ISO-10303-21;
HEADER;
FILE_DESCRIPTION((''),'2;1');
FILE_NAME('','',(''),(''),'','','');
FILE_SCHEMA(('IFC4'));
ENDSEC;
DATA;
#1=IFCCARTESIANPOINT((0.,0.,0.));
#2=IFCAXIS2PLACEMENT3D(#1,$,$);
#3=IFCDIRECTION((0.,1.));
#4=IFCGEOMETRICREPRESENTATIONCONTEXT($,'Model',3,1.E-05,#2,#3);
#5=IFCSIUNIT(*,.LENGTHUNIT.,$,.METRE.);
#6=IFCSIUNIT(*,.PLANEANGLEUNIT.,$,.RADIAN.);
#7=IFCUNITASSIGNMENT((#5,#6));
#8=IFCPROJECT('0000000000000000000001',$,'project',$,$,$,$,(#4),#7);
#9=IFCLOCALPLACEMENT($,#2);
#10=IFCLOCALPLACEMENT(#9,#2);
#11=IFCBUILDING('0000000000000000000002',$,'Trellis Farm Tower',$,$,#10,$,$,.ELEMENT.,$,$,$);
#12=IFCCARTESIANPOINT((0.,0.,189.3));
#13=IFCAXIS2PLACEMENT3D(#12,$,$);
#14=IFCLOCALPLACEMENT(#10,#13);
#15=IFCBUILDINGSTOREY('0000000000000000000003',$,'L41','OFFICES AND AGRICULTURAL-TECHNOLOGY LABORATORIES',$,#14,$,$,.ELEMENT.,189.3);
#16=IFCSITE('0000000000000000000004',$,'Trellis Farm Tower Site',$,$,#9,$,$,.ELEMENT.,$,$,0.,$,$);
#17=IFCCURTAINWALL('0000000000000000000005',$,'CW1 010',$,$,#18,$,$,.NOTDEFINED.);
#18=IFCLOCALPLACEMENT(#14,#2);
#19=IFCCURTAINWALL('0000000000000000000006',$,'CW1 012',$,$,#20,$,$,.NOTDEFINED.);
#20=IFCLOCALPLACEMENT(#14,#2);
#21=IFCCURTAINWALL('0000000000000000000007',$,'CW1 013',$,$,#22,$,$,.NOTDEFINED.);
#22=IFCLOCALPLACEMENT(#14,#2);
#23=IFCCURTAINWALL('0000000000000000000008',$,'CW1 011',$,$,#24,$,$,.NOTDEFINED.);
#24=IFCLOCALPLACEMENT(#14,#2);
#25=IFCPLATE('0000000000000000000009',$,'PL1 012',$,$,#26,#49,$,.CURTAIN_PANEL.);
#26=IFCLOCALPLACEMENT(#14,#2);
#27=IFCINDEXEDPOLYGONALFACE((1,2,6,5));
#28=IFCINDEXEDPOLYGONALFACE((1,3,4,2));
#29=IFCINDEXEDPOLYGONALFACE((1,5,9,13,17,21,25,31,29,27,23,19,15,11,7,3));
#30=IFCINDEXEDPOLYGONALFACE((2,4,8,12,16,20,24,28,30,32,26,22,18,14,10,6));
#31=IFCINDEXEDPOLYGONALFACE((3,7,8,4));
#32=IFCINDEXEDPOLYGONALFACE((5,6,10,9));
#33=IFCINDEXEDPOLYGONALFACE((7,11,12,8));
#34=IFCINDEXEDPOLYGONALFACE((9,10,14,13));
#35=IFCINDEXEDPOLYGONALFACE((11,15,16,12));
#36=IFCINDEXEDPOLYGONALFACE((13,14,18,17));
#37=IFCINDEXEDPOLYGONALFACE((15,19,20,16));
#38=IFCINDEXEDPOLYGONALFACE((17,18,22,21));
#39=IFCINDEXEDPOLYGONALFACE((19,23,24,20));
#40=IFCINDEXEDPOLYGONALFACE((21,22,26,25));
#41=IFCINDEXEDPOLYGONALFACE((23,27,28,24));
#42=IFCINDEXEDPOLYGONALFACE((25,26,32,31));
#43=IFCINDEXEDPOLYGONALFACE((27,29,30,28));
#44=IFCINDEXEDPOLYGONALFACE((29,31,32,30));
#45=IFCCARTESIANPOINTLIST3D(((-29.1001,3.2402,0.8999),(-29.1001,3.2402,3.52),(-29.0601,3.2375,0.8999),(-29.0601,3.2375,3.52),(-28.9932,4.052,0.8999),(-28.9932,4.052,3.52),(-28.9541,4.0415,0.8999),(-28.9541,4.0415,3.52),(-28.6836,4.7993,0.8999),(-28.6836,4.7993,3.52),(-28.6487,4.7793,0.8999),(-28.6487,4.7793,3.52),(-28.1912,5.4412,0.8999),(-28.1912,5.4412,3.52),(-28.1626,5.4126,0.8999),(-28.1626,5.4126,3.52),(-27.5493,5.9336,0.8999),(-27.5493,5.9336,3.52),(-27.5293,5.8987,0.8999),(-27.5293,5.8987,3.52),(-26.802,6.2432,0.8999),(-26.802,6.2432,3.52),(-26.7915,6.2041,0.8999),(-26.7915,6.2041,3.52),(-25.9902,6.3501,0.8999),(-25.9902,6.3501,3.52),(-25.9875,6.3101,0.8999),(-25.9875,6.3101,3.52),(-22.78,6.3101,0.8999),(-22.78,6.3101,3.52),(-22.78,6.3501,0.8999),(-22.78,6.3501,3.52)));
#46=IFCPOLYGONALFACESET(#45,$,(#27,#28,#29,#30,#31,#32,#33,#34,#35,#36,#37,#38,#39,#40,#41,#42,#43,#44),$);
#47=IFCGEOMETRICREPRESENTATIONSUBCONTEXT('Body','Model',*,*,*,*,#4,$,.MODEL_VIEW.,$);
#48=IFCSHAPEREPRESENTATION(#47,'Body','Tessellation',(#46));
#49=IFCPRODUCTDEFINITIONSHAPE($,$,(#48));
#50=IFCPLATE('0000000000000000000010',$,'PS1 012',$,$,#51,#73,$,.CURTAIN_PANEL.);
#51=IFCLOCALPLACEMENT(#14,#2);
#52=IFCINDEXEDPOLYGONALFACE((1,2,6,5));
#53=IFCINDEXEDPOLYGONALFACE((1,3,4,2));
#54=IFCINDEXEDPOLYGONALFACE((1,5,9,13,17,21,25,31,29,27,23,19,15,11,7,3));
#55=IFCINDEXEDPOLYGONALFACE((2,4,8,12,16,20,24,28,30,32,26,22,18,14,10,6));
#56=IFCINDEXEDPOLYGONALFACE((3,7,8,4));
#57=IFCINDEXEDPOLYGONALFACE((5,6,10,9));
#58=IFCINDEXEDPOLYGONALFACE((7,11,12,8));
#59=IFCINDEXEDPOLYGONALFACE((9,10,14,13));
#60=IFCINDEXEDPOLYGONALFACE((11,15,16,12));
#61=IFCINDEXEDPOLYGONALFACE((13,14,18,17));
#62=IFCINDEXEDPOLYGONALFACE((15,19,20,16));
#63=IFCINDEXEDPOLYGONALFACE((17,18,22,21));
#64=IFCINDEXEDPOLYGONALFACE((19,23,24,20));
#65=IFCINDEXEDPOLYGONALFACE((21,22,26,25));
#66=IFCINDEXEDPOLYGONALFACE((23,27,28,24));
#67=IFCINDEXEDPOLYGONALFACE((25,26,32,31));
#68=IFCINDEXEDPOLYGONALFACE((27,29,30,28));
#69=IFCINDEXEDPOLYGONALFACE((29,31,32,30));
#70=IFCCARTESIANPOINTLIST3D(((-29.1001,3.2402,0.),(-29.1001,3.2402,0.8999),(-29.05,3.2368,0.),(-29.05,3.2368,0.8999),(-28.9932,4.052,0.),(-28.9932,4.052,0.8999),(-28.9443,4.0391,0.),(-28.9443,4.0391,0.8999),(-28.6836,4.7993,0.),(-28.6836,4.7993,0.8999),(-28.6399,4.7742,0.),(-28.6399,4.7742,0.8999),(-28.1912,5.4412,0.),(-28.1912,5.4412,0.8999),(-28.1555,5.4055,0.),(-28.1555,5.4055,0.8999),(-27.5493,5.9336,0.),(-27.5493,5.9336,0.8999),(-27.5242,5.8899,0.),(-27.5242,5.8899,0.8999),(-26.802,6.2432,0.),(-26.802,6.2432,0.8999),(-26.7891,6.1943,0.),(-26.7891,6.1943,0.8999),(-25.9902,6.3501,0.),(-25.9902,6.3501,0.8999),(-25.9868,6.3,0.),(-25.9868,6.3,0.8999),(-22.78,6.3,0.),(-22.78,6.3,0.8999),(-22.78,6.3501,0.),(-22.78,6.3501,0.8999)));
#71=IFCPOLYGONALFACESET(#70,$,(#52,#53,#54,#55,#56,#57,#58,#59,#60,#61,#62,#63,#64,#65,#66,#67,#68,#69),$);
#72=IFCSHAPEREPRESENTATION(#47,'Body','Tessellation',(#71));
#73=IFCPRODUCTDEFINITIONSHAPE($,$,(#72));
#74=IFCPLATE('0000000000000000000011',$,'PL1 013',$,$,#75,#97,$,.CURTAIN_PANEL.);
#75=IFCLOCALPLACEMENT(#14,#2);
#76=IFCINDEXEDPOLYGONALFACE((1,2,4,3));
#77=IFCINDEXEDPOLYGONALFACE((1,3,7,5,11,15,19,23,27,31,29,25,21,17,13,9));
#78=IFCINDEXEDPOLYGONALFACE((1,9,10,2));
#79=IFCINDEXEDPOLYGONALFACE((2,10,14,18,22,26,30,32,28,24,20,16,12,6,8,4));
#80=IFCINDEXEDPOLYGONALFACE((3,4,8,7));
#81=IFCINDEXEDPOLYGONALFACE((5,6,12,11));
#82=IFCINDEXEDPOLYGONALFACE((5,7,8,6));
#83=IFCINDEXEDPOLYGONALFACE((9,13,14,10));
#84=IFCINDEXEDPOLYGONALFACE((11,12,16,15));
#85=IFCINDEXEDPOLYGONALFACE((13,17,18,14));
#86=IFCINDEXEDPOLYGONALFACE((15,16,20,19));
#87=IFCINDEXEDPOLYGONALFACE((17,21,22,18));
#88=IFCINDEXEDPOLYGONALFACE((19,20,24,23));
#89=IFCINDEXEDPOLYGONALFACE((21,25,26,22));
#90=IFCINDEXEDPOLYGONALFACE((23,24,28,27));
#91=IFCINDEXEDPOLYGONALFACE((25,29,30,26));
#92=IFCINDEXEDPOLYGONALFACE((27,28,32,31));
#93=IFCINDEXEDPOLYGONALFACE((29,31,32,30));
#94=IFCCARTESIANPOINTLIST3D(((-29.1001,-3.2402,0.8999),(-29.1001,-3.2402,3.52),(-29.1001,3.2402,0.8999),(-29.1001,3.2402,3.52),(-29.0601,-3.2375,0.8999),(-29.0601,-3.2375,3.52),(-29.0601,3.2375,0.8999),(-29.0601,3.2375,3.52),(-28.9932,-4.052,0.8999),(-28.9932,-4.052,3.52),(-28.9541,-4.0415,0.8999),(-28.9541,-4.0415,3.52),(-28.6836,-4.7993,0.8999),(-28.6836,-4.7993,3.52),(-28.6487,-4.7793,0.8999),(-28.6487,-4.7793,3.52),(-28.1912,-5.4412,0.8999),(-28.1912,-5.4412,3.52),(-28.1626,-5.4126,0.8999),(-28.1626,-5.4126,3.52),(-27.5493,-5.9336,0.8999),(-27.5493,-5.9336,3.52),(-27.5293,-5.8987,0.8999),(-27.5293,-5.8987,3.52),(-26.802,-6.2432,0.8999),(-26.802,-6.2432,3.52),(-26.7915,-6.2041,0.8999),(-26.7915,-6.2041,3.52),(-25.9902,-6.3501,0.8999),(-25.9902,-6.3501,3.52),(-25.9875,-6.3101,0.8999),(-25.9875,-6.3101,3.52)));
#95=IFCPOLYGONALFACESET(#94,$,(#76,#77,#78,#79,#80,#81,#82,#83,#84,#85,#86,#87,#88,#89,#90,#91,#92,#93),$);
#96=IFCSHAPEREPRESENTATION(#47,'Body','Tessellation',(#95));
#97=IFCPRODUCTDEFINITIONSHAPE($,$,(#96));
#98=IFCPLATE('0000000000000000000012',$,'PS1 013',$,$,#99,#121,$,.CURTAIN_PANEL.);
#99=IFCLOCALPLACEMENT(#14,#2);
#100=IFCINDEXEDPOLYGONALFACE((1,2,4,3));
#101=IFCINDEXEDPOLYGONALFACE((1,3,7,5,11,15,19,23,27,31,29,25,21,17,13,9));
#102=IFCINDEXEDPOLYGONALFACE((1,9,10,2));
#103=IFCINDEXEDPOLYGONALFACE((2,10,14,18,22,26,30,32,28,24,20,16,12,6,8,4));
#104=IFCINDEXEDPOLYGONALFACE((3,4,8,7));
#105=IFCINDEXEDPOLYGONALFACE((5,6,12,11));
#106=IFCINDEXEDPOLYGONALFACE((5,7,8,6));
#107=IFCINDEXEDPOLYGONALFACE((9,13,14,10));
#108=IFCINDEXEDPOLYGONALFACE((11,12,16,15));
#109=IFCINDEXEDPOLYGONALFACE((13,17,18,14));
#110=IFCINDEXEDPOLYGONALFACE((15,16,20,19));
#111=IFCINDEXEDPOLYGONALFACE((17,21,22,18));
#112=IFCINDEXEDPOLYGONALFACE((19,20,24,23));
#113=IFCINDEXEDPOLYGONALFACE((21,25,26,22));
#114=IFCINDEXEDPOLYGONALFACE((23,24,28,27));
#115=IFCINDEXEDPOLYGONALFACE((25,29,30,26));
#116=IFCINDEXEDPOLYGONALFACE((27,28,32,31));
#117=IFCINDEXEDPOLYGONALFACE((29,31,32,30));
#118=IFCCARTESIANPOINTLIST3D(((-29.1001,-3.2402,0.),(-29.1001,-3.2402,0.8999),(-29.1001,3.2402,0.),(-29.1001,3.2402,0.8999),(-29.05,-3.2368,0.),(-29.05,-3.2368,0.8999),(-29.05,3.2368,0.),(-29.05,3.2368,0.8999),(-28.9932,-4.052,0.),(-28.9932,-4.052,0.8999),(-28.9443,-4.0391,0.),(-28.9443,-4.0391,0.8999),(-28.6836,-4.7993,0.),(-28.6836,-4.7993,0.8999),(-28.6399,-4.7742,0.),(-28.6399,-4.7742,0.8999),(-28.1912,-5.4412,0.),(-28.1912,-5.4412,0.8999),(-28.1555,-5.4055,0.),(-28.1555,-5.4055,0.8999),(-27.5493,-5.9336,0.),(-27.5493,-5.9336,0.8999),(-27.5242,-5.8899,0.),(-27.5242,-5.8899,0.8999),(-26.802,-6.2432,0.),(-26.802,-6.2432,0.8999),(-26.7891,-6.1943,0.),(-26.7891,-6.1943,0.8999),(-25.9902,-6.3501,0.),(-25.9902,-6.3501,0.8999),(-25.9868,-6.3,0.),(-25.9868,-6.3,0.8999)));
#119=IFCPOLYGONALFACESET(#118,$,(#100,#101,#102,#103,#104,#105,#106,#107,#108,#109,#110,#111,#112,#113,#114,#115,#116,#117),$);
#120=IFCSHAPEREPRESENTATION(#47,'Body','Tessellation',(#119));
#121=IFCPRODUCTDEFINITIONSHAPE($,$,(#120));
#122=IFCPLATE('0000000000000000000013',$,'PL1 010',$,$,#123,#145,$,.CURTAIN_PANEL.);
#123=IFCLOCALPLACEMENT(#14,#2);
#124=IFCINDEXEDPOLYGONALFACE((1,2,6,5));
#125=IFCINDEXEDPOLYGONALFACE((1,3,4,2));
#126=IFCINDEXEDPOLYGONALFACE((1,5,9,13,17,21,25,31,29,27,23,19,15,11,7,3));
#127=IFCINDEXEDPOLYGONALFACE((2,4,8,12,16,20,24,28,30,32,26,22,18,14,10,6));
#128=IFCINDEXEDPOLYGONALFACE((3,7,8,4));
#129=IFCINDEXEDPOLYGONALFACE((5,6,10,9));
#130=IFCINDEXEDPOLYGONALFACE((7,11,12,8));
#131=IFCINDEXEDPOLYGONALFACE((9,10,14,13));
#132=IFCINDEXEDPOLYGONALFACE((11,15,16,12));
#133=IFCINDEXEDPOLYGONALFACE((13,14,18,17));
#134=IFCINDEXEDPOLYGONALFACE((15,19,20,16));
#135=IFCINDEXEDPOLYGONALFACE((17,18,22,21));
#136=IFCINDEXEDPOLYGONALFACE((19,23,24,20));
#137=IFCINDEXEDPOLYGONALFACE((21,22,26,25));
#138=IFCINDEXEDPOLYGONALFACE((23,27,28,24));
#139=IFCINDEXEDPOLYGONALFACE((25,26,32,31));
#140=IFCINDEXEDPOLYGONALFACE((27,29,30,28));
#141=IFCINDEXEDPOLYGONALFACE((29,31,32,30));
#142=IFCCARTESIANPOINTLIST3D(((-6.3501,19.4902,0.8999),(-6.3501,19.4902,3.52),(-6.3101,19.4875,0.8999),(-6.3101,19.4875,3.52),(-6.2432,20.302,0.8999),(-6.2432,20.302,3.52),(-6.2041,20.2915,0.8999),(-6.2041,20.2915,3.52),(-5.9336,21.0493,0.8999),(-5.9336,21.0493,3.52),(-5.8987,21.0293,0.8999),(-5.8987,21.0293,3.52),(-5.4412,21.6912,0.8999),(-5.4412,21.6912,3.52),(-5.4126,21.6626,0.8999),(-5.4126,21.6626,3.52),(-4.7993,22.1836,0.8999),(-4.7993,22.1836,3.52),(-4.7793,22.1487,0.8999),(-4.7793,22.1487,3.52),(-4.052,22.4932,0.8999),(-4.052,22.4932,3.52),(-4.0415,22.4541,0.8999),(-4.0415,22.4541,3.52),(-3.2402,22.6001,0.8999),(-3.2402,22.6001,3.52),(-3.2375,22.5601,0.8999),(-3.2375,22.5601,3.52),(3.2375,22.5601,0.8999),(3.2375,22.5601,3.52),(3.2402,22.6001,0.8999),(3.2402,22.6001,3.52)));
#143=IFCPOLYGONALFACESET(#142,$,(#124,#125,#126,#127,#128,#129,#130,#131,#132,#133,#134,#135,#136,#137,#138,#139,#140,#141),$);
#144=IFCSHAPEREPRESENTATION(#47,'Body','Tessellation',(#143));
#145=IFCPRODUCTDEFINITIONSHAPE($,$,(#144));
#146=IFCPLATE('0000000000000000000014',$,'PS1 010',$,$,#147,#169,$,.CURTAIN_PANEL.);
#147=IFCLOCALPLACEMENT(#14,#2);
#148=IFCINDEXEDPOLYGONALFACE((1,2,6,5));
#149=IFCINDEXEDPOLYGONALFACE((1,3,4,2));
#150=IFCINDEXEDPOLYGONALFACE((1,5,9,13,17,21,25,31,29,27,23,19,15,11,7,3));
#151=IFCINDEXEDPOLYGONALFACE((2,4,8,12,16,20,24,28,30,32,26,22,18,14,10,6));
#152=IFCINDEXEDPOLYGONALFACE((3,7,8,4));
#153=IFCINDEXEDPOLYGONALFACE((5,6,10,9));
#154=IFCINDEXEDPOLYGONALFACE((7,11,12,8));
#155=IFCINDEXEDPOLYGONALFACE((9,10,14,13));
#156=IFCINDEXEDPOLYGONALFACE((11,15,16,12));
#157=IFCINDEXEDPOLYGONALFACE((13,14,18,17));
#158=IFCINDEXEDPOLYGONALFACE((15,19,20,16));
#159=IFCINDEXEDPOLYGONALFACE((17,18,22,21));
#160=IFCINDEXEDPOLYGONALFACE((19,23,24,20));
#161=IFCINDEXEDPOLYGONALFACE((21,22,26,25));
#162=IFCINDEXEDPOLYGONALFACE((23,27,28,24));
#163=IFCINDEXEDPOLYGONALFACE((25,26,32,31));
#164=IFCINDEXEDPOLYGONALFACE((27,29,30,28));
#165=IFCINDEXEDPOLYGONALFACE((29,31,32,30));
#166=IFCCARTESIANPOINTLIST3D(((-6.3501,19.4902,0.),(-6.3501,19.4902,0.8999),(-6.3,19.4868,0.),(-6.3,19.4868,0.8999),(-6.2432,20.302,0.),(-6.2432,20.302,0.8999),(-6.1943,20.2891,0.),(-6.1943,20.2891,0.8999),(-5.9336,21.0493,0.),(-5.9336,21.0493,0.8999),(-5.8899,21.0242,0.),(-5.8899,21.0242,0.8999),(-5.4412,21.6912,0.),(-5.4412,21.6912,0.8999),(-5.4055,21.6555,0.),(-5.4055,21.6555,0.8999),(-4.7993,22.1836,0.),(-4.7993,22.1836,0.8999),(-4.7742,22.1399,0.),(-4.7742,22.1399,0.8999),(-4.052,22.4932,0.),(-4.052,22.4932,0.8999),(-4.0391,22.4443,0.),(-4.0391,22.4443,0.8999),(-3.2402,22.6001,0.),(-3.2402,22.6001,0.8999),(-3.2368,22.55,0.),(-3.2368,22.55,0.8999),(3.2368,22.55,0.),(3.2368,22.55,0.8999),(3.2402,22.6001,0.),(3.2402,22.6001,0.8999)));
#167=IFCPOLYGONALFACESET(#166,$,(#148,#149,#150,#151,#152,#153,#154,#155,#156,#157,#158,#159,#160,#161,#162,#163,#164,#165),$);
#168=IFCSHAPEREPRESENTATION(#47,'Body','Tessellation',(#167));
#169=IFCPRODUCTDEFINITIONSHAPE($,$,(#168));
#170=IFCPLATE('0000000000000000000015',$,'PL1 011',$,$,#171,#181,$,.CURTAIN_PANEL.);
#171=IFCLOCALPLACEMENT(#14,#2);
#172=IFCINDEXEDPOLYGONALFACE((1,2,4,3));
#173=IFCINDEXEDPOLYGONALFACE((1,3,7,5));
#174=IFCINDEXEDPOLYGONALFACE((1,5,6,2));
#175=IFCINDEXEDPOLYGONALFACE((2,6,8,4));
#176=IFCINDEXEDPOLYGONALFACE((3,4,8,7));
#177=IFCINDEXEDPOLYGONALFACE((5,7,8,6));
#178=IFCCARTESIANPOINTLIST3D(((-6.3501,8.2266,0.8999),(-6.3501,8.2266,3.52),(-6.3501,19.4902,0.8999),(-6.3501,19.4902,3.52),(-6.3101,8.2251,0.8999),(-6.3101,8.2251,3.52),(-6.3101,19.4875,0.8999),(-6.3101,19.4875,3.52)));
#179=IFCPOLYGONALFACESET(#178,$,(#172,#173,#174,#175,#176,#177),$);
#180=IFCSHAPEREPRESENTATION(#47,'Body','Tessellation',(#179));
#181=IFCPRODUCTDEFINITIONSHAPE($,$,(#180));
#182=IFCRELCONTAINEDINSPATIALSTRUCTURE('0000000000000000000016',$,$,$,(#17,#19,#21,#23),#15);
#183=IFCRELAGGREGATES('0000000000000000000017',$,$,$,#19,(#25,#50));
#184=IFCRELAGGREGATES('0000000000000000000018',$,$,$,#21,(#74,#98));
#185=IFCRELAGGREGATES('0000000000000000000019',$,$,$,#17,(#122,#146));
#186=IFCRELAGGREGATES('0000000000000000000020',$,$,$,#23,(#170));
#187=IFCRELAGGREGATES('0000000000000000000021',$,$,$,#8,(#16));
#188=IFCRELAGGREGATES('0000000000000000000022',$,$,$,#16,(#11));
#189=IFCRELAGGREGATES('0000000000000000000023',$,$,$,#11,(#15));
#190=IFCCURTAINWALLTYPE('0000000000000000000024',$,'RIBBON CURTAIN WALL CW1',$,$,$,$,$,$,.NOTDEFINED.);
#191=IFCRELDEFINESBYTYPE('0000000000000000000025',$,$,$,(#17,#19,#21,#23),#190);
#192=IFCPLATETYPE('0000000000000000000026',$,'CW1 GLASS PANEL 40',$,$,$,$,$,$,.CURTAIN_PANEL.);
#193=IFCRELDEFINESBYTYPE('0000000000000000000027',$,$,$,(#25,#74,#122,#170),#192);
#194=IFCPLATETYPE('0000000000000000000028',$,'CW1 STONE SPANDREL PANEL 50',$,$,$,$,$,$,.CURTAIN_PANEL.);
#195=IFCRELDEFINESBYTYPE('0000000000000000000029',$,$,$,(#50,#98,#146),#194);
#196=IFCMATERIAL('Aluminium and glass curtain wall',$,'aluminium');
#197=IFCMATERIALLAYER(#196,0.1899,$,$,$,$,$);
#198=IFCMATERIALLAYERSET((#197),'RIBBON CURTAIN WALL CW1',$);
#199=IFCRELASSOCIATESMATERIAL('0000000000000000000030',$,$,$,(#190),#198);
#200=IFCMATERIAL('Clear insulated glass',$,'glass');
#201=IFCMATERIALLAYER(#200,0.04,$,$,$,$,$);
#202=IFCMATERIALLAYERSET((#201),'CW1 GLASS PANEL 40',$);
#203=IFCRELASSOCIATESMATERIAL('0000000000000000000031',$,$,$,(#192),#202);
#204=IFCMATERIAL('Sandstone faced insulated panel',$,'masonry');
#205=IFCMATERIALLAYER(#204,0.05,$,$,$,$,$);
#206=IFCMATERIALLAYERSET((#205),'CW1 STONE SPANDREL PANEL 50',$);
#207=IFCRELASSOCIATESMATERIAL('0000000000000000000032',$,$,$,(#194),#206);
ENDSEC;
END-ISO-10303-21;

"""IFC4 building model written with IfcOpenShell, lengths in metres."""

from ifc_helpers import new_model, si_unit, direction, frame, origin, place, context, subcontext, project, spatial, polyline, outline, extrude, source, transform, mapped, material, layer, layer_set, type_object, element, aggregate, save


model = new_model("IFC4")

# Units and contexts
model_context = context("Model", 3, precision=1e-05, world=origin(), true_north=direction((0.0, 1.0)))
body_context = subcontext(model_context, "Body", "Model", "MODEL_VIEW")
ifc_project = project(units=[si_unit("LENGTHUNIT", "METRE"), si_unit("PLANEANGLEUNIT", "RADIAN")], contexts=[model_context])

# Site, building, storey
site_placement = place(None, origin())
site = spatial("IfcSite", under=ifc_project, at=site_placement, Name="Trellis Farm Tower Site", CompositionType="ELEMENT", RefElevation=0.0)
building_placement = place(site_placement, origin())
building = spatial("IfcBuilding", under=site, at=building_placement, Name="Trellis Farm Tower", CompositionType="ELEMENT")
storey_placement = place(building_placement, frame((0.0, 0.0, 189.3)))
storey = spatial("IfcBuildingStorey", under=building, at=storey_placement, Name="L41", Description="OFFICES AND AGRICULTURAL-TECHNOLOGY LABORATORIES", CompositionType="ELEMENT", Elevation=189.3)

# Curtain walls
ifc_material_1 = material(Name="Aluminium and glass curtain wall", Category="aluminium")
placement_1 = place(storey_placement, origin())
ifc_layer_1 = layer(ifc_material_1, 0.1899)
ifc_layer_set_1 = layer_set([ifc_layer_1], Name="RIBBON CURTAIN WALL CW1")
curtain_wall_type_1 = type_object("IfcCurtainWallType", Name="RIBBON CURTAIN WALL CW1", PredefinedType="NOTDEFINED", material=ifc_layer_set_1)
curtain_wall_1 = element("IfcCurtainWall", 1, at=placement_1, inside=storey, type_object=curtain_wall_type_1, Name="CW1 010", PredefinedType="NOTDEFINED")
curtain_wall_2 = element("IfcCurtainWall", 2, at=placement_1, inside=storey, type_object=curtain_wall_type_1, Name="CW1 012", PredefinedType="NOTDEFINED")
curtain_wall_3 = element("IfcCurtainWall", 3, at=placement_1, inside=storey, type_object=curtain_wall_type_1, Name="CW1 013", PredefinedType="NOTDEFINED")

# Curtain wall
curtain_wall_4 = element("IfcCurtainWall", 4, at=placement_1, inside=storey, type_object=curtain_wall_type_1, Name="CW1 011", PredefinedType="NOTDEFINED")

# Plates
ifc_material_2 = material(Name="Clear insulated glass", Category="glass")
ifc_layer_2 = layer(ifc_material_2, 0.04)
ifc_layer_set_2 = layer_set([ifc_layer_2], Name="CW1 GLASS PANEL 40")
plate_type_1 = type_object("IfcPlateType", Name="CW1 GLASS PANEL 40", PredefinedType="CURTAIN_PANEL", material=ifc_layer_set_2)
shared_shape_1 = source(origin(), body_context, "Body", "SweptSolid", [
    extrude(outline(polyline([(-22.78, 6.3501), (-25.9902, 6.3501), (-26.802, 6.2432), (-27.5493, 5.9336), (-28.1912, 5.4412), (-28.6836, 4.7993), (-28.9932, 4.052), (-29.1001, 3.2402), (-29.0601, 3.2375), (-28.9541, 4.0415), (-28.6487, 4.7793), (-28.1626, 5.4126), (-27.5293, 5.8987), (-26.7915, 6.2041), (-25.9875, 6.3101), (-22.78, 6.3101), (-22.78, 6.3501)])), origin(), (0.0, 0.0, 1.0), 2.6201),
])
placement_2 = place(storey_placement, frame((0.0, 0.0, 0.8999)))
plate_1 = element("IfcPlate", 5, at=placement_2, type_object=plate_type_1, Name="PL1 012", PredefinedType="CURTAIN_PANEL", context=body_context, shape_type="MappedRepresentation", body=[
    mapped(shared_shape_1, transform((0.0, 0.0, 0.0))),
])
ifc_material_3 = material(Name="Sandstone faced insulated panel", Category="masonry")
ifc_layer_3 = layer(ifc_material_3, 0.05)
ifc_layer_set_3 = layer_set([ifc_layer_3], Name="CW1 STONE SPANDREL PANEL 50")
plate_type_2 = type_object("IfcPlateType", Name="CW1 STONE SPANDREL PANEL 50", PredefinedType="CURTAIN_PANEL", material=ifc_layer_set_3)
shared_shape_2 = source(origin(), body_context, "Body", "SweptSolid", [
    extrude(outline(polyline([(-22.78, 6.3501), (-25.9902, 6.3501), (-26.802, 6.2432), (-27.5493, 5.9336), (-28.1912, 5.4412), (-28.6836, 4.7993), (-28.9932, 4.052), (-29.1001, 3.2402), (-29.05, 3.2368), (-28.9443, 4.0391), (-28.6399, 4.7742), (-28.1555, 5.4055), (-27.5242, 5.8899), (-26.7891, 6.1943), (-25.9868, 6.3), (-22.78, 6.3), (-22.78, 6.3501)])), origin(), (0.0, 0.0, 1.0), 0.8999),
])
plate_2 = element("IfcPlate", 6, at=placement_1, type_object=plate_type_2, Name="PS1 012", PredefinedType="CURTAIN_PANEL", context=body_context, shape_type="MappedRepresentation", body=[
    mapped(shared_shape_2, transform((0.0, 0.0, 0.0))),
])
aggregate(curtain_wall_2, [plate_1, plate_2])
shared_shape_3 = source(origin(), body_context, "Body", "SweptSolid", [
    extrude(outline(polyline([(-29.1001, 3.2402), (-29.1001, -3.2402), (-28.9932, -4.052), (-28.6836, -4.7993), (-28.1912, -5.4412), (-27.5493, -5.9336), (-26.802, -6.2432), (-25.9902, -6.3501), (-25.9875, -6.3101), (-26.7915, -6.2041), (-27.5293, -5.8987), (-28.1626, -5.4126), (-28.6487, -4.7793), (-28.9541, -4.0415), (-29.0601, -3.2375), (-29.0601, 3.2375), (-29.1001, 3.2402)])), origin(), (0.0, 0.0, 1.0), 2.6201),
])
plate_3 = element("IfcPlate", 7, at=placement_2, type_object=plate_type_1, Name="PL1 013", PredefinedType="CURTAIN_PANEL", context=body_context, shape_type="MappedRepresentation", body=[
    mapped(shared_shape_3, transform((0.0, 0.0, 0.0))),
])
shared_shape_4 = source(origin(), body_context, "Body", "SweptSolid", [
    extrude(outline(polyline([(-29.1001, 3.2402), (-29.1001, -3.2402), (-28.9932, -4.052), (-28.6836, -4.7993), (-28.1912, -5.4412), (-27.5493, -5.9336), (-26.802, -6.2432), (-25.9902, -6.3501), (-25.9868, -6.3), (-26.7891, -6.1943), (-27.5242, -5.8899), (-28.1555, -5.4055), (-28.6399, -4.7742), (-28.9443, -4.0391), (-29.05, -3.2368), (-29.05, 3.2368), (-29.1001, 3.2402)])), origin(), (0.0, 0.0, 1.0), 0.8999),
])
plate_4 = element("IfcPlate", 8, at=placement_1, type_object=plate_type_2, Name="PS1 013", PredefinedType="CURTAIN_PANEL", context=body_context, shape_type="MappedRepresentation", body=[
    mapped(shared_shape_4, transform((0.0, 0.0, 0.0))),
])
aggregate(curtain_wall_3, [plate_3, plate_4])
shared_shape_5 = source(origin(), body_context, "Body", "SweptSolid", [
    extrude(outline(polyline([(3.2402, 22.6001), (-3.2402, 22.6001), (-4.052, 22.4932), (-4.7993, 22.1836), (-5.4412, 21.6912), (-5.9336, 21.0493), (-6.2432, 20.302), (-6.3501, 19.4902), (-6.3101, 19.4875), (-6.2041, 20.2915), (-5.8987, 21.0293), (-5.4126, 21.6626), (-4.7793, 22.1487), (-4.0415, 22.4541), (-3.2375, 22.5601), (3.2375, 22.5601), (3.2402, 22.6001)])), origin(), (0.0, 0.0, 1.0), 2.6201),
])
plate_5 = element("IfcPlate", 9, at=placement_2, type_object=plate_type_1, Name="PL1 010", PredefinedType="CURTAIN_PANEL", context=body_context, shape_type="MappedRepresentation", body=[
    mapped(shared_shape_5, transform((0.0, 0.0, 0.0))),
])
shared_shape_6 = source(origin(), body_context, "Body", "SweptSolid", [
    extrude(outline(polyline([(3.2402, 22.6001), (-3.2402, 22.6001), (-4.052, 22.4932), (-4.7993, 22.1836), (-5.4412, 21.6912), (-5.9336, 21.0493), (-6.2432, 20.302), (-6.3501, 19.4902), (-6.3, 19.4868), (-6.1943, 20.2891), (-5.8899, 21.0242), (-5.4055, 21.6555), (-4.7742, 22.1399), (-4.0391, 22.4443), (-3.2368, 22.55), (3.2368, 22.55), (3.2402, 22.6001)])), origin(), (0.0, 0.0, 1.0), 0.8999),
])
plate_6 = element("IfcPlate", 10, at=placement_1, type_object=plate_type_2, Name="PS1 010", PredefinedType="CURTAIN_PANEL", context=body_context, shape_type="MappedRepresentation", body=[
    mapped(shared_shape_6, transform((0.0, 0.0, 0.0))),
])
aggregate(curtain_wall_1, [plate_5, plate_6])
shared_shape_7 = source(origin(), body_context, "Body", "SweptSolid", [
    extrude(outline(polyline([(-6.3501, 19.4902), (-6.3501, 8.2266), (-6.3101, 8.2251), (-6.3101, 19.4875), (-6.3501, 19.4902)])), origin(), (0.0, 0.0, 1.0), 2.6201),
])
plate_7 = element("IfcPlate", 11, at=placement_2, type_object=plate_type_1, Name="PL1 011", PredefinedType="CURTAIN_PANEL", context=body_context, shape_type="MappedRepresentation", body=[
    mapped(shared_shape_7, transform((0.0, 0.0, 0.0))),
])
aggregate(curtain_wall_4, [plate_7])

save(model, "model.ifc")
